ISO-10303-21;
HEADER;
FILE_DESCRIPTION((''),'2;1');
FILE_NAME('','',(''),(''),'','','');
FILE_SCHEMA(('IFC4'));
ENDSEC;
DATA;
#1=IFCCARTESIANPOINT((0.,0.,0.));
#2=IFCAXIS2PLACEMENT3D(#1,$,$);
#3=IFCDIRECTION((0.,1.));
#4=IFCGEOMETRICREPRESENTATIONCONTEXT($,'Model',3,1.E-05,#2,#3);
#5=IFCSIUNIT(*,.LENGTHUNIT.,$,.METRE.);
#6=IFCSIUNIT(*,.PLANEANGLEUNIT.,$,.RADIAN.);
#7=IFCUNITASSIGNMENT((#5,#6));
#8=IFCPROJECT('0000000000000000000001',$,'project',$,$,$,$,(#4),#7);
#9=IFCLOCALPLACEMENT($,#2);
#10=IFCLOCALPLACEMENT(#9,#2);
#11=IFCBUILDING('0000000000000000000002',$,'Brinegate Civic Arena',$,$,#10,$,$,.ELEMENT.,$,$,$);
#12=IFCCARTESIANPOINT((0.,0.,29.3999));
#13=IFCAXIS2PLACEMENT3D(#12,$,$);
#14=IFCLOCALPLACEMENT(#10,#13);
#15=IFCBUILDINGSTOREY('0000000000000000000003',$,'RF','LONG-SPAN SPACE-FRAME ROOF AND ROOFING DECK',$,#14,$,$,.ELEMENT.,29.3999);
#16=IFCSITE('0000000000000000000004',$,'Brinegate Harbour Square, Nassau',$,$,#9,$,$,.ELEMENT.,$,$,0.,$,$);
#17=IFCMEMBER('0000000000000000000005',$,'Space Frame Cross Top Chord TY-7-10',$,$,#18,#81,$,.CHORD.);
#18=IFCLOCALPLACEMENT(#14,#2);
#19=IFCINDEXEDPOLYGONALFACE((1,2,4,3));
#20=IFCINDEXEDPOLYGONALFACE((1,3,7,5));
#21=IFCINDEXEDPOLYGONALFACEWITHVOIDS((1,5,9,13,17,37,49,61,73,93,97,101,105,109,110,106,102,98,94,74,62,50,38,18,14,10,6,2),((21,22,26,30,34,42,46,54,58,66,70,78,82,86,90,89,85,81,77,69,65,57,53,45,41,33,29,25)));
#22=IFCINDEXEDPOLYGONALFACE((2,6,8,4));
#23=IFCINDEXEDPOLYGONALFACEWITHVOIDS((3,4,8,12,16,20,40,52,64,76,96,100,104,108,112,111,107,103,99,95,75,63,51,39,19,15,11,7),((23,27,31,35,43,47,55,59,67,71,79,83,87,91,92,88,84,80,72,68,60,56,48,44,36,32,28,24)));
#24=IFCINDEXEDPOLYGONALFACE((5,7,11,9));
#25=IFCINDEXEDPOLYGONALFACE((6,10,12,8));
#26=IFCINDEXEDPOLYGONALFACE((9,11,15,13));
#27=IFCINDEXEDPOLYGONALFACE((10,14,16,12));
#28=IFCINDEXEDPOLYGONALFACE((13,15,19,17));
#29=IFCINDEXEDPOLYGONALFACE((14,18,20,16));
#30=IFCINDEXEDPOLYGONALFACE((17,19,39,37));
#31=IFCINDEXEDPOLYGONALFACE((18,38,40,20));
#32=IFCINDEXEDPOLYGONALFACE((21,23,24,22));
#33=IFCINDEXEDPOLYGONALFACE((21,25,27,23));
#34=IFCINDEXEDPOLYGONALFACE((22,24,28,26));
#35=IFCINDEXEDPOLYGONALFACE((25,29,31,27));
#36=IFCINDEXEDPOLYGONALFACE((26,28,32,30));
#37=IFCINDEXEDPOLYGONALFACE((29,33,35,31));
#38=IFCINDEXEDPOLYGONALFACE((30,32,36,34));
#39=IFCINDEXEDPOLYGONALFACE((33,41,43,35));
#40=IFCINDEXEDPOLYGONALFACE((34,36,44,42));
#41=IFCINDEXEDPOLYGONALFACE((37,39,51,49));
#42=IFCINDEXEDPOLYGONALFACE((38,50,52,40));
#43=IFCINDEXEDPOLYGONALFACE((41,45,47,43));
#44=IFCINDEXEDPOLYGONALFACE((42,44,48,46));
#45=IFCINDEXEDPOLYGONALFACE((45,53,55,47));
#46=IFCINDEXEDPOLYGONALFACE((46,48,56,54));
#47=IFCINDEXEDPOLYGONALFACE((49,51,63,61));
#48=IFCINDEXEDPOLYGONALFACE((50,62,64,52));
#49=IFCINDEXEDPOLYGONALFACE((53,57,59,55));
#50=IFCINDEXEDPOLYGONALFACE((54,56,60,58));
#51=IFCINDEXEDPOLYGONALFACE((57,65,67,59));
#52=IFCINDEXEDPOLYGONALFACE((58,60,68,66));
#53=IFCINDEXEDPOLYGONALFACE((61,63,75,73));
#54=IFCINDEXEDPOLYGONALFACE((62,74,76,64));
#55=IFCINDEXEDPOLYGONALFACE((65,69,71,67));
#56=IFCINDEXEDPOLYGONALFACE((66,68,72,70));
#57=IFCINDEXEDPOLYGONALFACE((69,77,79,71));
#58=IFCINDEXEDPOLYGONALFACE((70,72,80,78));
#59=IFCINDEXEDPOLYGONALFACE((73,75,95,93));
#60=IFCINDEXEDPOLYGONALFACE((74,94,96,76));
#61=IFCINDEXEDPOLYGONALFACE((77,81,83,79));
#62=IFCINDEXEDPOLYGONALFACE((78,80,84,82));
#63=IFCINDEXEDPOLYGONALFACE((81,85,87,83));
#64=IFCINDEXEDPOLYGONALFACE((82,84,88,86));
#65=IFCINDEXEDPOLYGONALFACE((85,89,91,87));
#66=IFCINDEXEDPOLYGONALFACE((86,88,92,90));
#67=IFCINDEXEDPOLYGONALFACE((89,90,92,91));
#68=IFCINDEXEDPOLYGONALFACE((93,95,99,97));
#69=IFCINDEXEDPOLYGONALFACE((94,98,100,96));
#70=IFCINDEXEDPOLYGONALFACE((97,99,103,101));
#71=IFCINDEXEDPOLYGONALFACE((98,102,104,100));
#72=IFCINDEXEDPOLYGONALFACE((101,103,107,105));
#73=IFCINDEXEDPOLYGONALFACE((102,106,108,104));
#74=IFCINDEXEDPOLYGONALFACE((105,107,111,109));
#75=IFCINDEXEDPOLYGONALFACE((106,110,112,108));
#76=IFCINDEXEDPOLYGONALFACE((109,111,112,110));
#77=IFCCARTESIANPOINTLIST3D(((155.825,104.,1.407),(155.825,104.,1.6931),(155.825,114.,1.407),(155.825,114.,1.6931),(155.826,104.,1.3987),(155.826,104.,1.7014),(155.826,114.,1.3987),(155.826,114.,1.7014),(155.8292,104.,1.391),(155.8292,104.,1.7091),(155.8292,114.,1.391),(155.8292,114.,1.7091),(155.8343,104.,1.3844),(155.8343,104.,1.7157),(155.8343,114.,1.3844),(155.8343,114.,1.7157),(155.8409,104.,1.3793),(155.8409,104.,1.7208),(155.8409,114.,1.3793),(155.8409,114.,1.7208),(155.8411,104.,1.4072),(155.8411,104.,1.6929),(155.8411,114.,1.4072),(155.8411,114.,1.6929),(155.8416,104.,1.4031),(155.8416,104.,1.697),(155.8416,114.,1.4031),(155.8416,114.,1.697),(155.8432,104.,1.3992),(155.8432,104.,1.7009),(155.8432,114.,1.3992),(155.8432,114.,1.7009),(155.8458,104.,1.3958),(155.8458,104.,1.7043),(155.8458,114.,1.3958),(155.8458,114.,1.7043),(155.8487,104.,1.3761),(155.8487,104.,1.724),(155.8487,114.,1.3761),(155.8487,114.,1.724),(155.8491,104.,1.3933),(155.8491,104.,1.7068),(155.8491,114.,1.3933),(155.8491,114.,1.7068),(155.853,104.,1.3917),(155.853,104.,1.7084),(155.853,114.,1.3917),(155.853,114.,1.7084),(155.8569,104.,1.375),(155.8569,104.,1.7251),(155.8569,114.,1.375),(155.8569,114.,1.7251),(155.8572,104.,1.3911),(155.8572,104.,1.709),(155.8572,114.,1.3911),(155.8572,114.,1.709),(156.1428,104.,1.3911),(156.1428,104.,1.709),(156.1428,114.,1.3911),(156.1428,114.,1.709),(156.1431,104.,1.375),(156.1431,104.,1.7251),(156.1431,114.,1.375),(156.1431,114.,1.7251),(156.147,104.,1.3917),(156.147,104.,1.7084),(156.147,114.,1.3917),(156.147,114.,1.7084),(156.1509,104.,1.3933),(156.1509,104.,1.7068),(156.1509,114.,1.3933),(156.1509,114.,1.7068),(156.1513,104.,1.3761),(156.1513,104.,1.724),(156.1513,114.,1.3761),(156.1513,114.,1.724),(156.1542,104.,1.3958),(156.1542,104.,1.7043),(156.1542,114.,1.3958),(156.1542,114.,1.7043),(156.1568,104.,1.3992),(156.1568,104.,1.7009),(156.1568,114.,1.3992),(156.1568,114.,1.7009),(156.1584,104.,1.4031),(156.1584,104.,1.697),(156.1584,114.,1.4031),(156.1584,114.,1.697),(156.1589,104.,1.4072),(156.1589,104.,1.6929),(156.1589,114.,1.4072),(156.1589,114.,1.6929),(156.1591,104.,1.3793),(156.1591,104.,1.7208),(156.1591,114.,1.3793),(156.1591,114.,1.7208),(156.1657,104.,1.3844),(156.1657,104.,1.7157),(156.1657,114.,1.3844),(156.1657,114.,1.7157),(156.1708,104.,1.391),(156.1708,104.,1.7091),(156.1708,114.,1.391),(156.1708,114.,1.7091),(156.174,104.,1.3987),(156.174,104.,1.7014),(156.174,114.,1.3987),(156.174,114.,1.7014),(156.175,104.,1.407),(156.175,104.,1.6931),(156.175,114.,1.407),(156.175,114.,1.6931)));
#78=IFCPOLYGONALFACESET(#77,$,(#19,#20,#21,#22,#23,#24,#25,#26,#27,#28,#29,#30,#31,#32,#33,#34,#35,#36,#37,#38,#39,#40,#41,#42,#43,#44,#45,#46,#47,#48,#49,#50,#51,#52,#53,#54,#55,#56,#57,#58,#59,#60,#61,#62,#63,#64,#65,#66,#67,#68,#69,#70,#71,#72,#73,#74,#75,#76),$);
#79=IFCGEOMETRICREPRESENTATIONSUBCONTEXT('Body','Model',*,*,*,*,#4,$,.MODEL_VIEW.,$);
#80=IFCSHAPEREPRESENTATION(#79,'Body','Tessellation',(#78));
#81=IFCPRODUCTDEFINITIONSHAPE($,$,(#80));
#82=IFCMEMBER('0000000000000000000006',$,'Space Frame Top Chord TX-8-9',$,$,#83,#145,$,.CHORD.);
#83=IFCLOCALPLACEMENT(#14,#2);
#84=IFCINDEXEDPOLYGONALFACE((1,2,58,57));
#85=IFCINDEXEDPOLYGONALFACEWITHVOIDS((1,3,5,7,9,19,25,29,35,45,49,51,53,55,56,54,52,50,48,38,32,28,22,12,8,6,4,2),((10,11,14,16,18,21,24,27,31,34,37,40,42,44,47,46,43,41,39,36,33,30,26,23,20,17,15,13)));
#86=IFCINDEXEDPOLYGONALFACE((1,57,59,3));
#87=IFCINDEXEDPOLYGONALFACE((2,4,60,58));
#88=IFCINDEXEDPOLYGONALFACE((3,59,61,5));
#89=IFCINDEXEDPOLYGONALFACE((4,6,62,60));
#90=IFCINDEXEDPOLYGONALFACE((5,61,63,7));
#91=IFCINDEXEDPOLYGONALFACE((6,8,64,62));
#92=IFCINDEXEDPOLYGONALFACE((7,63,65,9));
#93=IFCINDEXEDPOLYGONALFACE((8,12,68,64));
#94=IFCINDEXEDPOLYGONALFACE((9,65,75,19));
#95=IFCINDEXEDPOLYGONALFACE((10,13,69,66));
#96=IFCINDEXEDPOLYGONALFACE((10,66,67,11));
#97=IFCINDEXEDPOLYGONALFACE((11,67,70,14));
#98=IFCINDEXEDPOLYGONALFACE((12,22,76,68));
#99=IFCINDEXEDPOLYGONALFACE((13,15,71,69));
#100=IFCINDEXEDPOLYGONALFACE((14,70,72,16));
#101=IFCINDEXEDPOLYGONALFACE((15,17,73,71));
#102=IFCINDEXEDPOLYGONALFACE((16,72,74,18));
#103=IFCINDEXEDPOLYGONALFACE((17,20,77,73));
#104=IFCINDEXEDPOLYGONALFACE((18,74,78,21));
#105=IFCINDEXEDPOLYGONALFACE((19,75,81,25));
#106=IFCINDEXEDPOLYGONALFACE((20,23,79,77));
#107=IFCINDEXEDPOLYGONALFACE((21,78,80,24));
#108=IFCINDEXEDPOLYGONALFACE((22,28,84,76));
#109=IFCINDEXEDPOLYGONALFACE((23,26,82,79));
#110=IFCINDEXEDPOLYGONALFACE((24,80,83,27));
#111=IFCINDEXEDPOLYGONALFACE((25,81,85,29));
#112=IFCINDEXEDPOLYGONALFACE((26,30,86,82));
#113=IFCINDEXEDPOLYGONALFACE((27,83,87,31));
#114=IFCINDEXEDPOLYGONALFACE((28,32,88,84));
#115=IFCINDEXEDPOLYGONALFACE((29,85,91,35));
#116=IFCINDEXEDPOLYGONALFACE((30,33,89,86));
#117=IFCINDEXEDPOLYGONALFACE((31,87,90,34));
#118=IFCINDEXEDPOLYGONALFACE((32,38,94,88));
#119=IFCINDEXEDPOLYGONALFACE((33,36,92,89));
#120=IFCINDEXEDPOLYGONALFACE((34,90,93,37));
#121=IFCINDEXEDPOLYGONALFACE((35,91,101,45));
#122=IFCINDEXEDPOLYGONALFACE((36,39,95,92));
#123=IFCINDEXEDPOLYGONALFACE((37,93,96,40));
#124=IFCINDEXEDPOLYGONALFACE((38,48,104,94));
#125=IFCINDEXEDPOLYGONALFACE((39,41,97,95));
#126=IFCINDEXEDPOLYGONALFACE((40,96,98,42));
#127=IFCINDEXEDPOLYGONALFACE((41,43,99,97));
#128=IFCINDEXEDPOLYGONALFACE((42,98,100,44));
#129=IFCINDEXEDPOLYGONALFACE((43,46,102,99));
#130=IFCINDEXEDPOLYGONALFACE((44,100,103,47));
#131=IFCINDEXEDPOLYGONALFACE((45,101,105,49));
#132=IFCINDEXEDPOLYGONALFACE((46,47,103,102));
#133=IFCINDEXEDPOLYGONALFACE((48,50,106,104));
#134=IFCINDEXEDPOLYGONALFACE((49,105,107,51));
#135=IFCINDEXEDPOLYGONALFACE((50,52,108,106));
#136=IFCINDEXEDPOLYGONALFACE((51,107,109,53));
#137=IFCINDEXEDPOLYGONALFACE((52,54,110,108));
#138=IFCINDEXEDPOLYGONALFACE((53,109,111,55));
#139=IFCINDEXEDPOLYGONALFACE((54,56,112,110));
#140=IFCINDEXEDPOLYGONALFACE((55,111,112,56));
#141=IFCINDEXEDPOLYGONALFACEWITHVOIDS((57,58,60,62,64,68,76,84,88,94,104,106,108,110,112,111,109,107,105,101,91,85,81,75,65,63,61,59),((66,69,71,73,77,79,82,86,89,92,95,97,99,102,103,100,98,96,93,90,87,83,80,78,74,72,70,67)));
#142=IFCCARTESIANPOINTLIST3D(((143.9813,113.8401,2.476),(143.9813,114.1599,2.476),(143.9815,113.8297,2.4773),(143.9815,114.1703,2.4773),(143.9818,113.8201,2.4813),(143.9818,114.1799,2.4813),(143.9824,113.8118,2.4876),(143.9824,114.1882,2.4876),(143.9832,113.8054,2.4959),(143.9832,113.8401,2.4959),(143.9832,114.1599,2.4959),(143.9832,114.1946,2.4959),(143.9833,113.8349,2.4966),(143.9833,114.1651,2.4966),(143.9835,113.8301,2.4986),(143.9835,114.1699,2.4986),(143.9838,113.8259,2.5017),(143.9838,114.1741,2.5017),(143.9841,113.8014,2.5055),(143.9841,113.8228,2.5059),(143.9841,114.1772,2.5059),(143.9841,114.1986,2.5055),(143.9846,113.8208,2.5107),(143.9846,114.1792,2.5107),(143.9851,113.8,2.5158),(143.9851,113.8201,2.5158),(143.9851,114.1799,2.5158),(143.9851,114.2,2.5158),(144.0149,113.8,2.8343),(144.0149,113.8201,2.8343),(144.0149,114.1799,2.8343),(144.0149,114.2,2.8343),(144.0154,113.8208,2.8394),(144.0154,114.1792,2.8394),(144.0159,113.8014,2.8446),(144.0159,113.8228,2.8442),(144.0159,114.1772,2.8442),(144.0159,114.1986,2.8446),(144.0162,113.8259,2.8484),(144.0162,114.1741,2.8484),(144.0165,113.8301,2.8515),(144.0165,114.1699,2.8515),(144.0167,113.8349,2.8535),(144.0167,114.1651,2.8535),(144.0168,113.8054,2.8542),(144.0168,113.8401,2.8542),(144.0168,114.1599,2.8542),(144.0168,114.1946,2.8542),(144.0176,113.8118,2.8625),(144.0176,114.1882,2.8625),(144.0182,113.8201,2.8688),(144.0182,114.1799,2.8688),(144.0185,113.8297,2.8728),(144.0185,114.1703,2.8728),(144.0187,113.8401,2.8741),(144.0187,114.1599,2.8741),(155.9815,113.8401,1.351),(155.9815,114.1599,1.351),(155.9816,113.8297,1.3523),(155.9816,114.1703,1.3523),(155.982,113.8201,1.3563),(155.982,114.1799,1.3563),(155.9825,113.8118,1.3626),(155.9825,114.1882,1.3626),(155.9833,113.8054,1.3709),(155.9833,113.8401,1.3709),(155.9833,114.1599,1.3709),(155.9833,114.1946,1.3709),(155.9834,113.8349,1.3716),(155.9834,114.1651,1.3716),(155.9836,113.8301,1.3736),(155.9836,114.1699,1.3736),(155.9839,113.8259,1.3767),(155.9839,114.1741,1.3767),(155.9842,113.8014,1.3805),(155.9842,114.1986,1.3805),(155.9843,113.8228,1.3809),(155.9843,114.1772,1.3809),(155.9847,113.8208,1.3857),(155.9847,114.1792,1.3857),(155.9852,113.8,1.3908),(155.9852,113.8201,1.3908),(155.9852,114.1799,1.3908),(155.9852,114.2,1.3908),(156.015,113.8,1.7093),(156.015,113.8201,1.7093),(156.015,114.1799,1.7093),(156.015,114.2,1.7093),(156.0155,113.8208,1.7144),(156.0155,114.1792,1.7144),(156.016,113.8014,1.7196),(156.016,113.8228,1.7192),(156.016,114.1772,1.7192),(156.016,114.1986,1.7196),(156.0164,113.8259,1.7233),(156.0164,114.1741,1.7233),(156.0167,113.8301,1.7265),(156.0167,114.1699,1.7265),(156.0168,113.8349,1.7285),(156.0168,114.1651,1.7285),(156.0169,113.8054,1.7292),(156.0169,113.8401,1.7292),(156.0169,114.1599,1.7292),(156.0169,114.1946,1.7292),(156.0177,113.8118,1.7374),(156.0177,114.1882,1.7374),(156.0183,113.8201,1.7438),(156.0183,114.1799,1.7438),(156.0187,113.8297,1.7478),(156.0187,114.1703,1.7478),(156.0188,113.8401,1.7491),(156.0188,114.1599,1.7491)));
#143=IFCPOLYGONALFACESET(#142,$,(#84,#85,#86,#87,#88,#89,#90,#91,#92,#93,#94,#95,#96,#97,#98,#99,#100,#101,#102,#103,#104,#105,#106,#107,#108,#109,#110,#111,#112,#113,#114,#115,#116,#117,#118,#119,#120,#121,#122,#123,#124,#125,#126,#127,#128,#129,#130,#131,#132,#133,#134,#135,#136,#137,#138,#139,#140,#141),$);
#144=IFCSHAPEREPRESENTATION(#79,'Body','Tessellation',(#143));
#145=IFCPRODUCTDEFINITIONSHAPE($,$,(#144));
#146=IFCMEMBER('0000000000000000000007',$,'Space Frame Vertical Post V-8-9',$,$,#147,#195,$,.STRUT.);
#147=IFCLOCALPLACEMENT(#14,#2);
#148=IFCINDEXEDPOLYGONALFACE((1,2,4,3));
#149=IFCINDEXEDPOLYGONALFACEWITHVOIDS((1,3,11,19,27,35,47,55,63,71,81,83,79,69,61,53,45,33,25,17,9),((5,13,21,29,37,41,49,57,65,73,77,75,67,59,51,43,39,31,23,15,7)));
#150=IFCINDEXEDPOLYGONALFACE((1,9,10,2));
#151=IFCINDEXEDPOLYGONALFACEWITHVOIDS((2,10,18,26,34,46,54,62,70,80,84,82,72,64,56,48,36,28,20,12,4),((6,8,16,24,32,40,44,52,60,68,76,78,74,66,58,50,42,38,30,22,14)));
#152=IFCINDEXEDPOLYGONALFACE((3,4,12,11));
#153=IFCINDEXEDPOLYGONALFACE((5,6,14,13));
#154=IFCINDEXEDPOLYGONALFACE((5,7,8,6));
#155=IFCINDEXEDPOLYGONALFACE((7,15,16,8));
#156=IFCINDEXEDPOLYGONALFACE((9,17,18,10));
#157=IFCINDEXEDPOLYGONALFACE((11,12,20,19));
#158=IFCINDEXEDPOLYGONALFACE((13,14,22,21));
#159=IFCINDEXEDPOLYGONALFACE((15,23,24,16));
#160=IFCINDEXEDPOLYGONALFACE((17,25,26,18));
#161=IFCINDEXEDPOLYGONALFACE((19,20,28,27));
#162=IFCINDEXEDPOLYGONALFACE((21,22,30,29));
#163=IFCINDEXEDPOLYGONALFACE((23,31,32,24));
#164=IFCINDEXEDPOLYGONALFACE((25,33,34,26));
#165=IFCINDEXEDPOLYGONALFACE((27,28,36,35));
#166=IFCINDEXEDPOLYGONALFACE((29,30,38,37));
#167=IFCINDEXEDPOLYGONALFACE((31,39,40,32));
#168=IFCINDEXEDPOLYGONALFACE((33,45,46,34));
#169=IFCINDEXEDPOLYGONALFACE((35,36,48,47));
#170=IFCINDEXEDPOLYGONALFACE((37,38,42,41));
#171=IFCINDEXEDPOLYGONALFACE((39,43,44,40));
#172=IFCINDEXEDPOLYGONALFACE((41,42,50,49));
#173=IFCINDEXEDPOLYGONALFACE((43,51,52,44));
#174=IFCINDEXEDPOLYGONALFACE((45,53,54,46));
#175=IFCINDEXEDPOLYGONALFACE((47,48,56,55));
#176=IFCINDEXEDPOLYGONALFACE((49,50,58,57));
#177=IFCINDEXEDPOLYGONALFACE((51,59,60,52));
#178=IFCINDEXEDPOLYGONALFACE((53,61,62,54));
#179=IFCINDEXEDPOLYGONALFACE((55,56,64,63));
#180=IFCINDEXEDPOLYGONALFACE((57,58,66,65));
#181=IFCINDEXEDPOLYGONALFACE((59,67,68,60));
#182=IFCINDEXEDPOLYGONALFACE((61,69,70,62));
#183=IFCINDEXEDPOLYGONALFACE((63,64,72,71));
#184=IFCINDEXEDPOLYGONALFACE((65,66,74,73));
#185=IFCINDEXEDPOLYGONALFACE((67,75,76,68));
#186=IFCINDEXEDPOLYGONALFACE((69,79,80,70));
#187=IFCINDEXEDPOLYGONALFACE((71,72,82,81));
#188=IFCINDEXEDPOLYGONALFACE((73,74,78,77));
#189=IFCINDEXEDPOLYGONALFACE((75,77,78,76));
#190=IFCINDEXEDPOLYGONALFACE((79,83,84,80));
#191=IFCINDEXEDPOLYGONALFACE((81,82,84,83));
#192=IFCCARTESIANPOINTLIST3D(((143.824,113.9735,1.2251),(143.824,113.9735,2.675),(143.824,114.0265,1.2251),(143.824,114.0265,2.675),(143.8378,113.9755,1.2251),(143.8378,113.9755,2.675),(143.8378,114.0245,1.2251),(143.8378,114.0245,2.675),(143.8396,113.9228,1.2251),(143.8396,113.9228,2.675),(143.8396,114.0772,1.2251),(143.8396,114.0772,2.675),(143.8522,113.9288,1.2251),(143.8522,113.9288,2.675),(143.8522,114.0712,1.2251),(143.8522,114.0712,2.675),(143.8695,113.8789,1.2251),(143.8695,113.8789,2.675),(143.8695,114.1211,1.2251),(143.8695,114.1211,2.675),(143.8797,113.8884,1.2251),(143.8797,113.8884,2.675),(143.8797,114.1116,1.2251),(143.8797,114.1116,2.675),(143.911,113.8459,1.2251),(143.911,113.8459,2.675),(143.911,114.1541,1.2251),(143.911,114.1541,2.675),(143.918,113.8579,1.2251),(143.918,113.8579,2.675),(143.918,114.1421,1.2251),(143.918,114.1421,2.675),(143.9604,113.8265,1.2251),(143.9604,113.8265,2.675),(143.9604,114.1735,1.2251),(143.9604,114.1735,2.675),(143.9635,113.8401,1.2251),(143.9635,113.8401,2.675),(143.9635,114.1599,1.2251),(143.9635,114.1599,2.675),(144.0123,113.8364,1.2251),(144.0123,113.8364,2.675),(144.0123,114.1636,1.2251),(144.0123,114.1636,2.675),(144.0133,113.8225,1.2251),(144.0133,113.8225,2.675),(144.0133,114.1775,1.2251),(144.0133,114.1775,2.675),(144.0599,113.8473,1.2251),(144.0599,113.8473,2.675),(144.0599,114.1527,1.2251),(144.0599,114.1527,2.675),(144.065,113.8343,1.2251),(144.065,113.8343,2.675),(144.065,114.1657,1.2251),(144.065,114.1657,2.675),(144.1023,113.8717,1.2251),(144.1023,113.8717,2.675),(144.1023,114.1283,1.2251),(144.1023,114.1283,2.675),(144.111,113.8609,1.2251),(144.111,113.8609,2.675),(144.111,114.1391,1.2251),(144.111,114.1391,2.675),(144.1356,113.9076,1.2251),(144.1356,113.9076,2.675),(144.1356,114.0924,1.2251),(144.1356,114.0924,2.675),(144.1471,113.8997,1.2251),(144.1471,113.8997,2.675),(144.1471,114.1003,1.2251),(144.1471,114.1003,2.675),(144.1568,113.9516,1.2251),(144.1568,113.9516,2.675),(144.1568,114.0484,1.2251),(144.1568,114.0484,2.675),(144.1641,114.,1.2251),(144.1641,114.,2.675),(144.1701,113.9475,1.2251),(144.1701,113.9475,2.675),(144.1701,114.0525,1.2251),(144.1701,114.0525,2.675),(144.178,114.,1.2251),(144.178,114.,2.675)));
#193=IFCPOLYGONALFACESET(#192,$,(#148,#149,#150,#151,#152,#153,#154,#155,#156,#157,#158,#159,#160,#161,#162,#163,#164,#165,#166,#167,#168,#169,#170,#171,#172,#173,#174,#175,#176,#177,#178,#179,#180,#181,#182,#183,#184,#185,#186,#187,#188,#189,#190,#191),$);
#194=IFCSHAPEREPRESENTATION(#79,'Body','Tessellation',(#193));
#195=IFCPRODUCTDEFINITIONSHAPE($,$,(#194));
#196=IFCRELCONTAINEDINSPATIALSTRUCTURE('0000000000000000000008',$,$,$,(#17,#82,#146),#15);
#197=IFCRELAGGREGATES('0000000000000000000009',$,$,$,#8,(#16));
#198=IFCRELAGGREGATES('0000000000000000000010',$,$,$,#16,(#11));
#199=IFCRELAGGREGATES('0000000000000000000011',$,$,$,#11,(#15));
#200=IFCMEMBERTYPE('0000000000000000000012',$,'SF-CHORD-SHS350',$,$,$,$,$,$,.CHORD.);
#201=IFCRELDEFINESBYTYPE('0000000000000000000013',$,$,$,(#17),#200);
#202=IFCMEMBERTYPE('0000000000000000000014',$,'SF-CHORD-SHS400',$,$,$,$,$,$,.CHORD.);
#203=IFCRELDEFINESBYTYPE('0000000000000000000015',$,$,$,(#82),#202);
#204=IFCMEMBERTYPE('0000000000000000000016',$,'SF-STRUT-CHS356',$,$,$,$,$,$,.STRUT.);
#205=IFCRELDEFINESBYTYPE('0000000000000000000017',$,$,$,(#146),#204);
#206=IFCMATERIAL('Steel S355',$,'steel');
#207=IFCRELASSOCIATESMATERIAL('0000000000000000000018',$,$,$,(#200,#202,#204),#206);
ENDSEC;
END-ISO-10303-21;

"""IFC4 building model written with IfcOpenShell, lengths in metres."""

from ifc_helpers import new_model, si_unit, direction, frame, origin, origin_2d, place, context, subcontext, project, spatial, hollow_rectangle, hollow_circle, extrude, material, material_profile, profile_set, type_object, element, save


model = new_model("IFC4")

# Units and contexts
model_context = context("Model", 3, precision=1e-05, world=origin(), true_north=direction((0.0, 1.0)))
body_context = subcontext(model_context, "Body", "Model", "MODEL_VIEW")
ifc_project = project(units=[si_unit("LENGTHUNIT", "METRE"), si_unit("PLANEANGLEUNIT", "RADIAN")], contexts=[model_context])

# Site, building, storey
site_placement = place(None, origin())
site = spatial("IfcSite", under=ifc_project, at=site_placement, Name="Brinegate Harbour Square, Nassau", CompositionType="ELEMENT", RefElevation=0.0)
building_placement = place(site_placement, origin())
building = spatial("IfcBuilding", under=site, at=building_placement, Name="Brinegate Civic Arena", CompositionType="ELEMENT")
storey_placement = place(building_placement, frame((0.0, 0.0, 29.3999)))
storey = spatial("IfcBuildingStorey", under=building, at=storey_placement, Name="RF", Description="LONG-SPAN SPACE-FRAME ROOF AND ROOFING DECK", CompositionType="ELEMENT", Elevation=29.3999)

# Shared definitions
ifc_material_1 = material(Name="Steel S355", Category="steel")

# Members
ifc_material_profile_1 = material_profile(ifc_material_1, hollow_rectangle(XDim=0.3501, YDim=0.3501, WallThickness=0.0161, InnerFilletRadius=0.0161, OuterFilletRadius=0.032, at=origin_2d()), Name="SHS350X16")
ifc_profile_set_1 = profile_set([ifc_material_profile_1], Name="Steel S355")
member_type_1 = type_object("IfcMemberType", Name="SF-CHORD-SHS350", PredefinedType="CHORD", material=ifc_profile_set_1)
member_1_placement = place(storey_placement, frame((156.0, 104.0, 1.55), z_axis=(0.0, 1.0, 0.0), x_axis=(-1.0, 0.0, 0.0)))
element("IfcMember", 1, at=member_1_placement, inside=storey, type_object=member_type_1, Name="Space Frame Cross Top Chord TY-7-10", PredefinedType="CHORD", context=body_context, shape_type="SweptSolid", body=[
    extrude(hollow_rectangle(XDim=0.3501, YDim=0.3501, WallThickness=0.0161, InnerFilletRadius=0.0161, OuterFilletRadius=0.032, at=origin_2d()), origin(), (0.0, 0.0, 1.0), 10.0),
])
ifc_material_profile_2 = material_profile(ifc_material_1, hollow_rectangle(XDim=0.3999, YDim=0.3999, WallThickness=0.02, InnerFilletRadius=0.02, OuterFilletRadius=0.04, at=origin_2d()), Name="SHS400X20")
ifc_profile_set_2 = profile_set([ifc_material_profile_2], Name="Steel S355")
member_type_2 = type_object("IfcMemberType", Name="SF-CHORD-SHS400", PredefinedType="CHORD", material=ifc_profile_set_2)
member_2_placement = place(storey_placement, frame((144.0, 114.0, 2.675), z_axis=(0.995634, 0.0, -0.093341), x_axis=(0.0, 1.0, 0.0)))
element("IfcMember", 2, at=member_2_placement, inside=storey, type_object=member_type_2, Name="Space Frame Top Chord TX-8-9", PredefinedType="CHORD", context=body_context, shape_type="SweptSolid", body=[
    extrude(hollow_rectangle(XDim=0.3999, YDim=0.3999, WallThickness=0.02, InnerFilletRadius=0.02, OuterFilletRadius=0.04, at=origin_2d()), origin(), (0.0, 0.0, 1.0), 12.0527),
])
ifc_material_profile_3 = material_profile(ifc_material_1, hollow_circle(Radius=0.178, WallThickness=0.0139, at=origin_2d()), Name="CHS356X14")
ifc_profile_set_3 = profile_set([ifc_material_profile_3], Name="Steel S355")
member_type_3 = type_object("IfcMemberType", Name="SF-STRUT-CHS356", PredefinedType="STRUT", material=ifc_profile_set_3)
member_3_placement = place(storey_placement, frame((144.0, 114.0, 1.2251), z_axis=(0.0, 0.0, 1.0), x_axis=(1.0, 0.0, 0.0)))
element("IfcMember", 3, at=member_3_placement, inside=storey, type_object=member_type_3, Name="Space Frame Vertical Post V-8-9", PredefinedType="STRUT", context=body_context, shape_type="SweptSolid", body=[
    extrude(hollow_circle(Radius=0.178, WallThickness=0.0139, at=origin_2d()), origin(), (0.0, 0.0, 1.0), 1.45),
])

save(model, "model.ifc")
